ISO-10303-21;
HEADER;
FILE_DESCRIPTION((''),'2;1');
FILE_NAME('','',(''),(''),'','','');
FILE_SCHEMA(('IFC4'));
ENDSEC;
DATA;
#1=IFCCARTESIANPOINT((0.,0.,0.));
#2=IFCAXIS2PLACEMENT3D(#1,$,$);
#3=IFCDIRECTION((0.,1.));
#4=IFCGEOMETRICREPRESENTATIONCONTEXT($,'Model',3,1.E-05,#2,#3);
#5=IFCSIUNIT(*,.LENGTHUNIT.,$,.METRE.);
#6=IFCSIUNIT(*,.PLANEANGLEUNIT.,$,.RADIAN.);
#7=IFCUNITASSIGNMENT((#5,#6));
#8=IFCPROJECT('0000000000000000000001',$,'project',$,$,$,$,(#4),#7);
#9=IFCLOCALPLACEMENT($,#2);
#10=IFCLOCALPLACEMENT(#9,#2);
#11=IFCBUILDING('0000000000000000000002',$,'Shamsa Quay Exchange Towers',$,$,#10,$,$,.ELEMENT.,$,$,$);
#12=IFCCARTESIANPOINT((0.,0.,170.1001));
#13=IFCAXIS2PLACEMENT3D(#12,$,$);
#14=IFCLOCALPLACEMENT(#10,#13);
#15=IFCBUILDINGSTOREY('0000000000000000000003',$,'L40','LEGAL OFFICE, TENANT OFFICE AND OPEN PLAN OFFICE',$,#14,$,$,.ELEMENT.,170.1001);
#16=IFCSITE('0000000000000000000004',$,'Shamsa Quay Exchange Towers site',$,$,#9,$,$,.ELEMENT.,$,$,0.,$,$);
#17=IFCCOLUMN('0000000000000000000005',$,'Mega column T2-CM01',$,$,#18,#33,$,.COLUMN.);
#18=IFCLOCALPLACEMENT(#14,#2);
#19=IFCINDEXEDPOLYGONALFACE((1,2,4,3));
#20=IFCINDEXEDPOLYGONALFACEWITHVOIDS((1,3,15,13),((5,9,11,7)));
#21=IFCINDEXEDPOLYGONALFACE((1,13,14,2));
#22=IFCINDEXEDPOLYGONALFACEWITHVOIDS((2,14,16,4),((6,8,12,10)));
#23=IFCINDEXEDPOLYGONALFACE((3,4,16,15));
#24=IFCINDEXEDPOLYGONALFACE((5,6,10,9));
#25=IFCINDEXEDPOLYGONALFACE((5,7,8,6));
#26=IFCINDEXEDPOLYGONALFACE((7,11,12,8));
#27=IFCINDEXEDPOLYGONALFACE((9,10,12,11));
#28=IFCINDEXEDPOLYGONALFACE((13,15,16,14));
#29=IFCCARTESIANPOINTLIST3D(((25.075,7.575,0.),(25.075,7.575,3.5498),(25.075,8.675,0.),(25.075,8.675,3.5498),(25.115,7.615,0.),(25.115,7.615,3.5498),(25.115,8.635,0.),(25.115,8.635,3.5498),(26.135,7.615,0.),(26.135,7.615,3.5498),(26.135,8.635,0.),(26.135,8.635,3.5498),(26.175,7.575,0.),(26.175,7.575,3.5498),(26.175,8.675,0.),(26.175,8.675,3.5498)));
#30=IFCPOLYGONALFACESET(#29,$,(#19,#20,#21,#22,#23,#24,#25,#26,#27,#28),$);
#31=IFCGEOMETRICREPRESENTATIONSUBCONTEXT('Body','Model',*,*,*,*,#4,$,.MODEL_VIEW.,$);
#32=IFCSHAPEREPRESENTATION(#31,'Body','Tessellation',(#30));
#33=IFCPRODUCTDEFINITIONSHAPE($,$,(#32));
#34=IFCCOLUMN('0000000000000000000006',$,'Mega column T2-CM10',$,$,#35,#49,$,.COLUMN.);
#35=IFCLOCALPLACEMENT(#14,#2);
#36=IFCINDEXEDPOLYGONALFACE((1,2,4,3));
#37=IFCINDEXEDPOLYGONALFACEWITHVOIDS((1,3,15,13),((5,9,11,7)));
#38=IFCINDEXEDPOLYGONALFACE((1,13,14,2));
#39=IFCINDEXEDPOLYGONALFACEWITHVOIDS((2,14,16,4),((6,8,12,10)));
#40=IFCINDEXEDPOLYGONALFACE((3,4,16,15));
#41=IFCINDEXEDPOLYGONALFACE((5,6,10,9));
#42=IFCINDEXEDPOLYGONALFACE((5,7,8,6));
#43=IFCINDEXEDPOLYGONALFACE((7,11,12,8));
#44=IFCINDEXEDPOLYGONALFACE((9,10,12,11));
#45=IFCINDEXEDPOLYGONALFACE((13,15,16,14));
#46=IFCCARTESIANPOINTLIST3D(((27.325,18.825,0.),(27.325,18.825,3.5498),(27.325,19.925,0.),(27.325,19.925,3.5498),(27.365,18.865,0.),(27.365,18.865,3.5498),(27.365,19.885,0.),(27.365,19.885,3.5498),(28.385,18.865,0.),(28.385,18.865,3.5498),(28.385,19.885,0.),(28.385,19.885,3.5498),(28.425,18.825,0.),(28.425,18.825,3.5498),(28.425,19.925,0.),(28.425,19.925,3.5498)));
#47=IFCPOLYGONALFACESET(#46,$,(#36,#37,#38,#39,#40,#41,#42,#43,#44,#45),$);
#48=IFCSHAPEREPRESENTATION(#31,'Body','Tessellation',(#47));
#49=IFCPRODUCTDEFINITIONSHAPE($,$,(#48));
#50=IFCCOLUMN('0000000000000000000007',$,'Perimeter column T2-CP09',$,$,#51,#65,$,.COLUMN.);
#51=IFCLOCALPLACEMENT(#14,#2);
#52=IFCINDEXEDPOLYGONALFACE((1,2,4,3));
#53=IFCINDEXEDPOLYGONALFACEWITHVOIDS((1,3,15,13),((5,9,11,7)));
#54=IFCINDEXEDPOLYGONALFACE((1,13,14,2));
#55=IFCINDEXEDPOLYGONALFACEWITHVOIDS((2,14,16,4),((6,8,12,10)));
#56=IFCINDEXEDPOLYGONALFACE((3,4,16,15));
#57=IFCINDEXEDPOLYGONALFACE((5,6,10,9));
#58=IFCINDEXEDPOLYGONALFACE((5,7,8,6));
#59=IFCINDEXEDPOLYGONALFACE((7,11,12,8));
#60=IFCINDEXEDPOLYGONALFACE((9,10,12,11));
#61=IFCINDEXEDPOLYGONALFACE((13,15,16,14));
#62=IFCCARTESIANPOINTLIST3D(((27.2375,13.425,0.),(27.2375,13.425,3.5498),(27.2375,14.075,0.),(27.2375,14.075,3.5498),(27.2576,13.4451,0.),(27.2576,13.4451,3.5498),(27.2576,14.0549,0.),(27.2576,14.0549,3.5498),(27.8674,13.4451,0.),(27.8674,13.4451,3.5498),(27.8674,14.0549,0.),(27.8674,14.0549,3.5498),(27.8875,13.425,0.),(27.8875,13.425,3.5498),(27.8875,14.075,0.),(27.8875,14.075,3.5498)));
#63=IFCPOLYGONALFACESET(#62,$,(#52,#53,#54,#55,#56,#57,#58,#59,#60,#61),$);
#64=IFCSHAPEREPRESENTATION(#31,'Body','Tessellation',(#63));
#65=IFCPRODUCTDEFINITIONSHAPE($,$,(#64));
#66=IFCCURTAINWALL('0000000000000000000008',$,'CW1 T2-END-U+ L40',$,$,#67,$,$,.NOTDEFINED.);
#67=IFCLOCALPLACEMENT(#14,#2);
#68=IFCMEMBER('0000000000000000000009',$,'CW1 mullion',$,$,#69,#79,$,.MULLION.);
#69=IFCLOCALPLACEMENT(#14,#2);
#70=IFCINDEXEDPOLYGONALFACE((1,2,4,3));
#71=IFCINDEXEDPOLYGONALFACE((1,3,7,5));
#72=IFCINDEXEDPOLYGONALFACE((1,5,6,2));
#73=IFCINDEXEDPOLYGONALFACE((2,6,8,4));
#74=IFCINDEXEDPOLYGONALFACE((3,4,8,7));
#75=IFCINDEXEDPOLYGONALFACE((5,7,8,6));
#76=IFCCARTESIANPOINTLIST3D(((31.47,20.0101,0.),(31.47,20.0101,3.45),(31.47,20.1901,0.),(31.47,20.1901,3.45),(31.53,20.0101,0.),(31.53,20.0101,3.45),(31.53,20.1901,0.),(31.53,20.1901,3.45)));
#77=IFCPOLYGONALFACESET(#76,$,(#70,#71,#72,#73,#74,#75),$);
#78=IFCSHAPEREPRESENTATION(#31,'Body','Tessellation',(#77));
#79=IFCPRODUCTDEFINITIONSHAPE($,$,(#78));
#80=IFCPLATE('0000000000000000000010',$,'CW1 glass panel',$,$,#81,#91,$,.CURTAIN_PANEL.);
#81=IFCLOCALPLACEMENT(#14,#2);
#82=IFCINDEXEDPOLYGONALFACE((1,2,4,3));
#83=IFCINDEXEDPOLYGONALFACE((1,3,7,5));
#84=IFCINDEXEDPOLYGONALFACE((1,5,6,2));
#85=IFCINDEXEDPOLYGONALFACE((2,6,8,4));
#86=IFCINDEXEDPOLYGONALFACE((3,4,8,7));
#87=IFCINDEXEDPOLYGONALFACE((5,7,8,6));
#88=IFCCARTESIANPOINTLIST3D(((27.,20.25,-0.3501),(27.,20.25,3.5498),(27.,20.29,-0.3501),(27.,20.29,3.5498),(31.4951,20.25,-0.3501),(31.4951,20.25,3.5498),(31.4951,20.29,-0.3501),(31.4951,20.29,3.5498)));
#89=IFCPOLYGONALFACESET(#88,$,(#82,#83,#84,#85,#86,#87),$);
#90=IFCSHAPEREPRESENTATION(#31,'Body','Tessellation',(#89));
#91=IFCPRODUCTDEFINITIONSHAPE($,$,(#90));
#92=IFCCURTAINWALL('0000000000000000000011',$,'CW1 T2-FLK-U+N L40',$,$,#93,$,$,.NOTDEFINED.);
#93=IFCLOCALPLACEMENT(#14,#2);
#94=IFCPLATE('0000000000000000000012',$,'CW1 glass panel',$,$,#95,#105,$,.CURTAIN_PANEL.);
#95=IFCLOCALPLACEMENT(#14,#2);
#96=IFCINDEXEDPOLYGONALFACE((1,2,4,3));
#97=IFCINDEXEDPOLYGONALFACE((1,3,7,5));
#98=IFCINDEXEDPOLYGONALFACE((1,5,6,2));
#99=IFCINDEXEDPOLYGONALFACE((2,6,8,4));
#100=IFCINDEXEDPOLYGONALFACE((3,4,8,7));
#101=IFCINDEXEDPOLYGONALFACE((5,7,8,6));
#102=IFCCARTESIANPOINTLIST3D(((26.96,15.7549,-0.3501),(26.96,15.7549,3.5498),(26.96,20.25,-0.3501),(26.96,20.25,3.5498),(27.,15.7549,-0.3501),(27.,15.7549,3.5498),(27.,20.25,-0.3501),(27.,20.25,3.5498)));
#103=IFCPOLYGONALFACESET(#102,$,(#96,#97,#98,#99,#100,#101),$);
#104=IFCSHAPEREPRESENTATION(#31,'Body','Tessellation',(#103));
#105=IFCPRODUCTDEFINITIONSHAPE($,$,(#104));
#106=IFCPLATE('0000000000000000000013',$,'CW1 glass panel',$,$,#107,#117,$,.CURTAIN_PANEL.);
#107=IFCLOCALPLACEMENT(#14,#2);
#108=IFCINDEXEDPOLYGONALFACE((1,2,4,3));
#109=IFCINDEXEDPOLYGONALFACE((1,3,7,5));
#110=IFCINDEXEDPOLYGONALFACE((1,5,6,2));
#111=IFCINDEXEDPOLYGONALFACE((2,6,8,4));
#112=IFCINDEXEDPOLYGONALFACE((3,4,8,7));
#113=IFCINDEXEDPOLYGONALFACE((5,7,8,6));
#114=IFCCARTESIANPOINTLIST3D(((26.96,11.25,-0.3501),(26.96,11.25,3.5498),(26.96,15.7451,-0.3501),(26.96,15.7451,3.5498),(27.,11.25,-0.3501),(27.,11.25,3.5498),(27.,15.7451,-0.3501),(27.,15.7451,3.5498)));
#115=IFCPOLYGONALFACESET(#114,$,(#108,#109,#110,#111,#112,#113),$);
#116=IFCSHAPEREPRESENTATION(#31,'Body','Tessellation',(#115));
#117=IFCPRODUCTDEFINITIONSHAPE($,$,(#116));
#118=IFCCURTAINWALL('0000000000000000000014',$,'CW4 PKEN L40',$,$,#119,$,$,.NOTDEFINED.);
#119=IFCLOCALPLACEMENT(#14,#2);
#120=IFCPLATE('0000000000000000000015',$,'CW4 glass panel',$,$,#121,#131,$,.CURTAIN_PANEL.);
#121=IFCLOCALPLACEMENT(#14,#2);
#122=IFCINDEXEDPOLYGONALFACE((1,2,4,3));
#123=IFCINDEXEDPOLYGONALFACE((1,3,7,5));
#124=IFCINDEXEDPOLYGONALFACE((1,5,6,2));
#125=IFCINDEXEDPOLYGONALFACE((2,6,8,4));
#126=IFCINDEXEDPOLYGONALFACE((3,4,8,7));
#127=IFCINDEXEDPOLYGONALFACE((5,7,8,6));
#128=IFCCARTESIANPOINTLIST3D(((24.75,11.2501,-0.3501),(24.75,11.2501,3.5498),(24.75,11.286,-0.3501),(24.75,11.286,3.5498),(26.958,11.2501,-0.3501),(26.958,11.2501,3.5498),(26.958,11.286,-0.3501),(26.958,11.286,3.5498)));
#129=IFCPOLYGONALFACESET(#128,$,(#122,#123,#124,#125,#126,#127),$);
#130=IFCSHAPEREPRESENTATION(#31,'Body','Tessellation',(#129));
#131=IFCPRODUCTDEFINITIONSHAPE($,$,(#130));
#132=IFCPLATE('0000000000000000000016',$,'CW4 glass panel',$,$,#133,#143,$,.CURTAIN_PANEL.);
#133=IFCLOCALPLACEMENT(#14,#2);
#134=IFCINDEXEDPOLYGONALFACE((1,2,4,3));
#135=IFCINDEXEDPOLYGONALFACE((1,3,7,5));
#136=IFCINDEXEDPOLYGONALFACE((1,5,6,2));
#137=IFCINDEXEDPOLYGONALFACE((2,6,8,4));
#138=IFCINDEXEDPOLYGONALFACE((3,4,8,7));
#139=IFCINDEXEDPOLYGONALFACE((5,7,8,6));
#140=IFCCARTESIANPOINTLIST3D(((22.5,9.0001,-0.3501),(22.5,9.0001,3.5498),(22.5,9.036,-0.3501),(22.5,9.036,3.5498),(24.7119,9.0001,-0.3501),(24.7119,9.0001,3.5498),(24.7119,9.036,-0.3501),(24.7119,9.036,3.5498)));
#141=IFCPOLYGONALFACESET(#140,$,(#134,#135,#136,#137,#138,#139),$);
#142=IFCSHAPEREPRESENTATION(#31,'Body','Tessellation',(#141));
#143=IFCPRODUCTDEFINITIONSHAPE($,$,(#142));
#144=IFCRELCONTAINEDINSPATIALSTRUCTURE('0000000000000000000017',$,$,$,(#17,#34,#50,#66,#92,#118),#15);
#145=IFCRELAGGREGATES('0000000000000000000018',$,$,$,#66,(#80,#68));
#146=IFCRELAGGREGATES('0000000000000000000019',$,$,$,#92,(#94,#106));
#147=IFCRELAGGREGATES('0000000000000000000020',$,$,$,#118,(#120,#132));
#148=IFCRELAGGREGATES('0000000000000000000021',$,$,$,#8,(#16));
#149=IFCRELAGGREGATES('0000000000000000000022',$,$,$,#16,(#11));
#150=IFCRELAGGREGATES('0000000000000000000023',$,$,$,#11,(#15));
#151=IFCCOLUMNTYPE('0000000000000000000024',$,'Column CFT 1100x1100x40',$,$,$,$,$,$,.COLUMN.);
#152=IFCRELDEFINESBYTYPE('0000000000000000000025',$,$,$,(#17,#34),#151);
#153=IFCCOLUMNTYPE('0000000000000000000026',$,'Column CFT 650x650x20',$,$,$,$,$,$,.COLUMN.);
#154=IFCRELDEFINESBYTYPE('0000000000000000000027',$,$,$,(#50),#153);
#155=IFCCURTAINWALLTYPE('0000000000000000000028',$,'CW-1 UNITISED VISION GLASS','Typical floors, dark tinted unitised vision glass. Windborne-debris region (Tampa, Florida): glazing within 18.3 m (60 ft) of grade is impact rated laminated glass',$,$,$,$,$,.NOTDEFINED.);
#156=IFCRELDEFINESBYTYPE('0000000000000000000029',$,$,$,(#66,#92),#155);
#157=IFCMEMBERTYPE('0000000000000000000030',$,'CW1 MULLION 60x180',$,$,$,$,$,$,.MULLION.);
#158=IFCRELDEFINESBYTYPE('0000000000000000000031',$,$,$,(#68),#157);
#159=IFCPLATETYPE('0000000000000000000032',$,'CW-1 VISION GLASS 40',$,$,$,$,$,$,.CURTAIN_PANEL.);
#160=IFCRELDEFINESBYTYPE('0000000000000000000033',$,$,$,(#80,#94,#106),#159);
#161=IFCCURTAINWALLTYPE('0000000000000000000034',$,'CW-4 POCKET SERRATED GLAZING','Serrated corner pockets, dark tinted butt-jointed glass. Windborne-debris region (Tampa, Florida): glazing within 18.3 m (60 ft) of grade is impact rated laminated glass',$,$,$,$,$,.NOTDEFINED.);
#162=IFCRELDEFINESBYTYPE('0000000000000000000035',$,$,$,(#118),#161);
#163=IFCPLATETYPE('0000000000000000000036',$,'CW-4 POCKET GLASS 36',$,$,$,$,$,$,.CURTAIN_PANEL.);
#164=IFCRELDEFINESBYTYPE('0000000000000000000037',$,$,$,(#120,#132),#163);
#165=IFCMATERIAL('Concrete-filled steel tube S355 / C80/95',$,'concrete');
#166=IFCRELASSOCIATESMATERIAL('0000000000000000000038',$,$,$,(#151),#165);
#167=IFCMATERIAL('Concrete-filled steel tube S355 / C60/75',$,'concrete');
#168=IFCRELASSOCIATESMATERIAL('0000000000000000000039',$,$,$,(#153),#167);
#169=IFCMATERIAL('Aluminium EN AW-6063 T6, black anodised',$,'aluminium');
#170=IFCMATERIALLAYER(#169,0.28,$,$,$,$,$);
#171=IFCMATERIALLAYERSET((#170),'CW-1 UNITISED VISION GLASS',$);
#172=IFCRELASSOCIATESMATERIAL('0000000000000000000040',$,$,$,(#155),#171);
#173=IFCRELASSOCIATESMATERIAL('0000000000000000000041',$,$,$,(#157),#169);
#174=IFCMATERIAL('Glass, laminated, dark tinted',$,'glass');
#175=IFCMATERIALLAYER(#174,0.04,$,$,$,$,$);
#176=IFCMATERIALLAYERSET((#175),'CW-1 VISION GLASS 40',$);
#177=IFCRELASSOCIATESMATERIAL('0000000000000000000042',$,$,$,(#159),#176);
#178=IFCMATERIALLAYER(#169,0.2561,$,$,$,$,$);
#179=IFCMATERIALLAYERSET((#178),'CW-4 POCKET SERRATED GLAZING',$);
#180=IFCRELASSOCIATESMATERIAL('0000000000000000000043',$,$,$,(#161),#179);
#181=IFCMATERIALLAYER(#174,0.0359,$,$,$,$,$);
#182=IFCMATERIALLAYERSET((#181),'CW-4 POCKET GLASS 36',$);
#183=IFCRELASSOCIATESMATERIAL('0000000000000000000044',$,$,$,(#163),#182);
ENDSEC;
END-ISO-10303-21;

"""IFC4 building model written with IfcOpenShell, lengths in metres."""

from ifc_helpers import new_model, si_unit, direction, frame, origin, origin_2d, place, context, subcontext, project, spatial, rectangle, hollow_rectangle, extrude, material, layer, layer_set, material_profile, profile_set, type_object, element, aggregate, save


model = new_model("IFC4")

# Units and contexts
model_context = context("Model", 3, precision=1e-05, world=origin(), true_north=direction((0.0, 1.0)))
body_context = subcontext(model_context, "Body", "Model", "MODEL_VIEW")
ifc_project = project(units=[si_unit("LENGTHUNIT", "METRE"), si_unit("PLANEANGLEUNIT", "RADIAN")], contexts=[model_context])

# Site, building, storey
site_placement = place(None, origin())
site = spatial("IfcSite", under=ifc_project, at=site_placement, Name="Shamsa Quay Exchange Towers site", CompositionType="ELEMENT", RefElevation=0.0)
building_placement = place(site_placement, origin())
building = spatial("IfcBuilding", under=site, at=building_placement, Name="Shamsa Quay Exchange Towers", CompositionType="ELEMENT")
storey_placement = place(building_placement, frame((0.0, 0.0, 170.1001)))
storey = spatial("IfcBuildingStorey", under=building, at=storey_placement, Name="L40", Description="LEGAL OFFICE, TENANT OFFICE AND OPEN PLAN OFFICE", CompositionType="ELEMENT", Elevation=170.1001)

# Columns
ifc_material_1 = material(Name="Concrete-filled steel tube S355 / C80/95", Category="concrete")
ifc_material_profile_1 = material_profile(ifc_material_1, hollow_rectangle(XDim=1.1001, YDim=1.1001, WallThickness=0.04, at=origin_2d()), Name="CFT 1100x1100x40")
ifc_profile_set_1 = profile_set([ifc_material_profile_1], Name="Concrete-filled steel tube S355 / C80/95")
column_type_1 = type_object("IfcColumnType", Name="Column CFT 1100x1100x40", PredefinedType="COLUMN", material=ifc_profile_set_1)
for number, where, name in (
    (1, (25.625, 8.125, 0.0), "Mega column T2-CM01"),
    (2, (27.875, 19.375, 0.0), "Mega column T2-CM10"),
):
    element("IfcColumn", number, at=place(storey_placement, frame(where)), inside=storey, type_object=column_type_1, Name=name, PredefinedType="COLUMN", context=body_context, shape_type="SweptSolid", body=[
        extrude(hollow_rectangle(XDim=1.1001, YDim=1.1001, WallThickness=0.04, at=origin_2d()), origin(), (0.0, 0.0, 1.0), 3.5498),
    ])
ifc_material_2 = material(Name="Concrete-filled steel tube S355 / C60/75", Category="concrete")
ifc_material_profile_2 = material_profile(ifc_material_2, hollow_rectangle(XDim=0.6499, YDim=0.6499, WallThickness=0.02, at=origin_2d()), Name="CFT 650x650x20")
ifc_profile_set_2 = profile_set([ifc_material_profile_2], Name="Concrete-filled steel tube S355 / C60/75")
column_type_2 = type_object("IfcColumnType", Name="Column CFT 650x650x20", PredefinedType="COLUMN", material=ifc_profile_set_2)
column_placement = place(storey_placement, frame((27.5625, 13.75, 0.0)))
element("IfcColumn", 3, at=column_placement, inside=storey, type_object=column_type_2, Name="Perimeter column T2-CP09", PredefinedType="COLUMN", context=body_context, shape_type="SweptSolid", body=[
    extrude(hollow_rectangle(XDim=0.6499, YDim=0.6499, WallThickness=0.02, at=origin_2d()), origin(), (0.0, 0.0, 1.0), 3.5498),
])

# Curtain wall, member, plate
ifc_material_3 = material(Name="Aluminium EN AW-6063 T6, black anodised", Category="aluminium")
ifc_layer_1 = layer(ifc_material_3, 0.28)
ifc_layer_set_1 = layer_set([ifc_layer_1], Name="CW-1 UNITISED VISION GLASS")
curtain_wall_type_1 = type_object("IfcCurtainWallType", Name="CW-1 UNITISED VISION GLASS", Description="Typical floors, dark tinted unitised vision glass. Windborne-debris region (Tampa, Florida): glazing within 18.3 m (60 ft) of grade is impact rated laminated glass", PredefinedType="NOTDEFINED", material=ifc_layer_set_1)
curtain_wall_1_placement = place(storey_placement, origin())
curtain_wall_1 = element("IfcCurtainWall", 4, at=curtain_wall_1_placement, inside=storey, type_object=curtain_wall_type_1, Name="CW1 T2-END-U+ L40", PredefinedType="NOTDEFINED")
ifc_material_profile_3 = material_profile(ifc_material_3, rectangle(XDim=0.1799, YDim=0.0601, at=origin_2d()), Name="MU60x180")
ifc_profile_set_3 = profile_set([ifc_material_profile_3], Name="Aluminium EN AW-6063 T6, black anodised")
member_type = type_object("IfcMemberType", Name="CW1 MULLION 60x180", PredefinedType="MULLION", material=ifc_profile_set_3)
member_placement = place(storey_placement, frame((31.5, 20.1001, 0.0), z_axis=(0.0, 0.0, 1.0), x_axis=(0.0, -1.0, 0.0)))
member = element("IfcMember", 5, at=member_placement, type_object=member_type, Name="CW1 mullion", PredefinedType="MULLION", context=body_context, shape_type="SweptSolid", body=[
    extrude(rectangle(XDim=0.1799, YDim=0.0601, at=origin_2d()), origin(), (0.0, 0.0, 1.0), 3.45),
])
ifc_material_4 = material(Name="Glass, laminated, dark tinted", Category="glass")
ifc_layer_2 = layer(ifc_material_4, 0.04)
ifc_layer_set_2 = layer_set([ifc_layer_2], Name="CW-1 VISION GLASS 40")
plate_type_1 = type_object("IfcPlateType", Name="CW-1 VISION GLASS 40", PredefinedType="CURTAIN_PANEL", material=ifc_layer_set_2)
plate_1_placement = place(storey_placement, frame((29.2476, 20.27, -0.3501), z_axis=(0.0, 0.0, 1.0), x_axis=(-1.0, 0.0, 0.0)))
plate_1 = element("IfcPlate", 6, at=plate_1_placement, type_object=plate_type_1, Name="CW1 glass panel", PredefinedType="CURTAIN_PANEL", context=body_context, shape_type="SweptSolid", body=[
    extrude(rectangle(XDim=4.4951, YDim=0.04, at=origin_2d()), origin(), (0.0, 0.0, 1.0), 3.8999),
])
aggregate(curtain_wall_1, [plate_1, member])

# Curtain walls, plates
curtain_wall_2_placement = place(storey_placement, origin())
curtain_wall_2 = element("IfcCurtainWall", 7, at=curtain_wall_2_placement, inside=storey, type_object=curtain_wall_type_1, Name="CW1 T2-FLK-U+N L40", PredefinedType="NOTDEFINED")
plate_2_placement = place(storey_placement, frame((26.98, 18.0024, -0.3501), z_axis=(0.0, 0.0, 1.0), x_axis=(0.0, -1.0, 0.0)))
plate_2 = element("IfcPlate", 8, at=plate_2_placement, type_object=plate_type_1, Name="CW1 glass panel", PredefinedType="CURTAIN_PANEL", context=body_context, shape_type="SweptSolid", body=[
    extrude(rectangle(XDim=4.4951, YDim=0.04, at=origin_2d()), origin(), (0.0, 0.0, 1.0), 3.8999),
])
plate_3_placement = place(storey_placement, frame((26.98, 13.4976, -0.3501), z_axis=(0.0, 0.0, 1.0), x_axis=(0.0, -1.0, 0.0)))
plate_3 = element("IfcPlate", 9, at=plate_3_placement, type_object=plate_type_1, Name="CW1 glass panel", PredefinedType="CURTAIN_PANEL", context=body_context, shape_type="SweptSolid", body=[
    extrude(rectangle(XDim=4.4951, YDim=0.04, at=origin_2d()), origin(), (0.0, 0.0, 1.0), 3.8999),
])
aggregate(curtain_wall_2, [plate_2, plate_3])
ifc_layer_3 = layer(ifc_material_3, 0.2561)
ifc_layer_set_3 = layer_set([ifc_layer_3], Name="CW-4 POCKET SERRATED GLAZING")
curtain_wall_type_2 = type_object("IfcCurtainWallType", Name="CW-4 POCKET SERRATED GLAZING", Description="Serrated corner pockets, dark tinted butt-jointed glass. Windborne-debris region (Tampa, Florida): glazing within 18.3 m (60 ft) of grade is impact rated laminated glass", PredefinedType="NOTDEFINED", material=ifc_layer_set_3)
curtain_wall_3_placement = place(storey_placement, origin())
curtain_wall_3 = element("IfcCurtainWall", 10, at=curtain_wall_3_placement, inside=storey, type_object=curtain_wall_type_2, Name="CW4 PKEN L40", PredefinedType="NOTDEFINED")
ifc_layer_4 = layer(ifc_material_4, 0.0359)
ifc_layer_set_4 = layer_set([ifc_layer_4], Name="CW-4 POCKET GLASS 36")
plate_type_2 = type_object("IfcPlateType", Name="CW-4 POCKET GLASS 36", PredefinedType="CURTAIN_PANEL", material=ifc_layer_set_4)
plate_4_placement = place(storey_placement, frame((25.854, 11.2681, -0.3501), z_axis=(0.0, 0.0, 1.0), x_axis=(-1.0, 0.0, 0.0)))
plate_4 = element("IfcPlate", 11, at=plate_4_placement, type_object=plate_type_2, Name="CW4 glass panel", PredefinedType="CURTAIN_PANEL", context=body_context, shape_type="SweptSolid", body=[
    extrude(rectangle(XDim=2.208, YDim=0.0359, at=origin_2d()), origin(), (0.0, 0.0, 1.0), 3.8999),
])
plate_5_placement = place(storey_placement, frame((23.606, 9.0181, -0.3501), z_axis=(0.0, 0.0, 1.0), x_axis=(-1.0, 0.0, 0.0)))
plate_5 = element("IfcPlate", 12, at=plate_5_placement, type_object=plate_type_2, Name="CW4 glass panel", PredefinedType="CURTAIN_PANEL", context=body_context, shape_type="SweptSolid", body=[
    extrude(rectangle(XDim=2.2119, YDim=0.0359, at=origin_2d()), origin(), (0.0, 0.0, 1.0), 3.8999),
])
aggregate(curtain_wall_3, [plate_4, plate_5])

save(model, "model.ifc")
